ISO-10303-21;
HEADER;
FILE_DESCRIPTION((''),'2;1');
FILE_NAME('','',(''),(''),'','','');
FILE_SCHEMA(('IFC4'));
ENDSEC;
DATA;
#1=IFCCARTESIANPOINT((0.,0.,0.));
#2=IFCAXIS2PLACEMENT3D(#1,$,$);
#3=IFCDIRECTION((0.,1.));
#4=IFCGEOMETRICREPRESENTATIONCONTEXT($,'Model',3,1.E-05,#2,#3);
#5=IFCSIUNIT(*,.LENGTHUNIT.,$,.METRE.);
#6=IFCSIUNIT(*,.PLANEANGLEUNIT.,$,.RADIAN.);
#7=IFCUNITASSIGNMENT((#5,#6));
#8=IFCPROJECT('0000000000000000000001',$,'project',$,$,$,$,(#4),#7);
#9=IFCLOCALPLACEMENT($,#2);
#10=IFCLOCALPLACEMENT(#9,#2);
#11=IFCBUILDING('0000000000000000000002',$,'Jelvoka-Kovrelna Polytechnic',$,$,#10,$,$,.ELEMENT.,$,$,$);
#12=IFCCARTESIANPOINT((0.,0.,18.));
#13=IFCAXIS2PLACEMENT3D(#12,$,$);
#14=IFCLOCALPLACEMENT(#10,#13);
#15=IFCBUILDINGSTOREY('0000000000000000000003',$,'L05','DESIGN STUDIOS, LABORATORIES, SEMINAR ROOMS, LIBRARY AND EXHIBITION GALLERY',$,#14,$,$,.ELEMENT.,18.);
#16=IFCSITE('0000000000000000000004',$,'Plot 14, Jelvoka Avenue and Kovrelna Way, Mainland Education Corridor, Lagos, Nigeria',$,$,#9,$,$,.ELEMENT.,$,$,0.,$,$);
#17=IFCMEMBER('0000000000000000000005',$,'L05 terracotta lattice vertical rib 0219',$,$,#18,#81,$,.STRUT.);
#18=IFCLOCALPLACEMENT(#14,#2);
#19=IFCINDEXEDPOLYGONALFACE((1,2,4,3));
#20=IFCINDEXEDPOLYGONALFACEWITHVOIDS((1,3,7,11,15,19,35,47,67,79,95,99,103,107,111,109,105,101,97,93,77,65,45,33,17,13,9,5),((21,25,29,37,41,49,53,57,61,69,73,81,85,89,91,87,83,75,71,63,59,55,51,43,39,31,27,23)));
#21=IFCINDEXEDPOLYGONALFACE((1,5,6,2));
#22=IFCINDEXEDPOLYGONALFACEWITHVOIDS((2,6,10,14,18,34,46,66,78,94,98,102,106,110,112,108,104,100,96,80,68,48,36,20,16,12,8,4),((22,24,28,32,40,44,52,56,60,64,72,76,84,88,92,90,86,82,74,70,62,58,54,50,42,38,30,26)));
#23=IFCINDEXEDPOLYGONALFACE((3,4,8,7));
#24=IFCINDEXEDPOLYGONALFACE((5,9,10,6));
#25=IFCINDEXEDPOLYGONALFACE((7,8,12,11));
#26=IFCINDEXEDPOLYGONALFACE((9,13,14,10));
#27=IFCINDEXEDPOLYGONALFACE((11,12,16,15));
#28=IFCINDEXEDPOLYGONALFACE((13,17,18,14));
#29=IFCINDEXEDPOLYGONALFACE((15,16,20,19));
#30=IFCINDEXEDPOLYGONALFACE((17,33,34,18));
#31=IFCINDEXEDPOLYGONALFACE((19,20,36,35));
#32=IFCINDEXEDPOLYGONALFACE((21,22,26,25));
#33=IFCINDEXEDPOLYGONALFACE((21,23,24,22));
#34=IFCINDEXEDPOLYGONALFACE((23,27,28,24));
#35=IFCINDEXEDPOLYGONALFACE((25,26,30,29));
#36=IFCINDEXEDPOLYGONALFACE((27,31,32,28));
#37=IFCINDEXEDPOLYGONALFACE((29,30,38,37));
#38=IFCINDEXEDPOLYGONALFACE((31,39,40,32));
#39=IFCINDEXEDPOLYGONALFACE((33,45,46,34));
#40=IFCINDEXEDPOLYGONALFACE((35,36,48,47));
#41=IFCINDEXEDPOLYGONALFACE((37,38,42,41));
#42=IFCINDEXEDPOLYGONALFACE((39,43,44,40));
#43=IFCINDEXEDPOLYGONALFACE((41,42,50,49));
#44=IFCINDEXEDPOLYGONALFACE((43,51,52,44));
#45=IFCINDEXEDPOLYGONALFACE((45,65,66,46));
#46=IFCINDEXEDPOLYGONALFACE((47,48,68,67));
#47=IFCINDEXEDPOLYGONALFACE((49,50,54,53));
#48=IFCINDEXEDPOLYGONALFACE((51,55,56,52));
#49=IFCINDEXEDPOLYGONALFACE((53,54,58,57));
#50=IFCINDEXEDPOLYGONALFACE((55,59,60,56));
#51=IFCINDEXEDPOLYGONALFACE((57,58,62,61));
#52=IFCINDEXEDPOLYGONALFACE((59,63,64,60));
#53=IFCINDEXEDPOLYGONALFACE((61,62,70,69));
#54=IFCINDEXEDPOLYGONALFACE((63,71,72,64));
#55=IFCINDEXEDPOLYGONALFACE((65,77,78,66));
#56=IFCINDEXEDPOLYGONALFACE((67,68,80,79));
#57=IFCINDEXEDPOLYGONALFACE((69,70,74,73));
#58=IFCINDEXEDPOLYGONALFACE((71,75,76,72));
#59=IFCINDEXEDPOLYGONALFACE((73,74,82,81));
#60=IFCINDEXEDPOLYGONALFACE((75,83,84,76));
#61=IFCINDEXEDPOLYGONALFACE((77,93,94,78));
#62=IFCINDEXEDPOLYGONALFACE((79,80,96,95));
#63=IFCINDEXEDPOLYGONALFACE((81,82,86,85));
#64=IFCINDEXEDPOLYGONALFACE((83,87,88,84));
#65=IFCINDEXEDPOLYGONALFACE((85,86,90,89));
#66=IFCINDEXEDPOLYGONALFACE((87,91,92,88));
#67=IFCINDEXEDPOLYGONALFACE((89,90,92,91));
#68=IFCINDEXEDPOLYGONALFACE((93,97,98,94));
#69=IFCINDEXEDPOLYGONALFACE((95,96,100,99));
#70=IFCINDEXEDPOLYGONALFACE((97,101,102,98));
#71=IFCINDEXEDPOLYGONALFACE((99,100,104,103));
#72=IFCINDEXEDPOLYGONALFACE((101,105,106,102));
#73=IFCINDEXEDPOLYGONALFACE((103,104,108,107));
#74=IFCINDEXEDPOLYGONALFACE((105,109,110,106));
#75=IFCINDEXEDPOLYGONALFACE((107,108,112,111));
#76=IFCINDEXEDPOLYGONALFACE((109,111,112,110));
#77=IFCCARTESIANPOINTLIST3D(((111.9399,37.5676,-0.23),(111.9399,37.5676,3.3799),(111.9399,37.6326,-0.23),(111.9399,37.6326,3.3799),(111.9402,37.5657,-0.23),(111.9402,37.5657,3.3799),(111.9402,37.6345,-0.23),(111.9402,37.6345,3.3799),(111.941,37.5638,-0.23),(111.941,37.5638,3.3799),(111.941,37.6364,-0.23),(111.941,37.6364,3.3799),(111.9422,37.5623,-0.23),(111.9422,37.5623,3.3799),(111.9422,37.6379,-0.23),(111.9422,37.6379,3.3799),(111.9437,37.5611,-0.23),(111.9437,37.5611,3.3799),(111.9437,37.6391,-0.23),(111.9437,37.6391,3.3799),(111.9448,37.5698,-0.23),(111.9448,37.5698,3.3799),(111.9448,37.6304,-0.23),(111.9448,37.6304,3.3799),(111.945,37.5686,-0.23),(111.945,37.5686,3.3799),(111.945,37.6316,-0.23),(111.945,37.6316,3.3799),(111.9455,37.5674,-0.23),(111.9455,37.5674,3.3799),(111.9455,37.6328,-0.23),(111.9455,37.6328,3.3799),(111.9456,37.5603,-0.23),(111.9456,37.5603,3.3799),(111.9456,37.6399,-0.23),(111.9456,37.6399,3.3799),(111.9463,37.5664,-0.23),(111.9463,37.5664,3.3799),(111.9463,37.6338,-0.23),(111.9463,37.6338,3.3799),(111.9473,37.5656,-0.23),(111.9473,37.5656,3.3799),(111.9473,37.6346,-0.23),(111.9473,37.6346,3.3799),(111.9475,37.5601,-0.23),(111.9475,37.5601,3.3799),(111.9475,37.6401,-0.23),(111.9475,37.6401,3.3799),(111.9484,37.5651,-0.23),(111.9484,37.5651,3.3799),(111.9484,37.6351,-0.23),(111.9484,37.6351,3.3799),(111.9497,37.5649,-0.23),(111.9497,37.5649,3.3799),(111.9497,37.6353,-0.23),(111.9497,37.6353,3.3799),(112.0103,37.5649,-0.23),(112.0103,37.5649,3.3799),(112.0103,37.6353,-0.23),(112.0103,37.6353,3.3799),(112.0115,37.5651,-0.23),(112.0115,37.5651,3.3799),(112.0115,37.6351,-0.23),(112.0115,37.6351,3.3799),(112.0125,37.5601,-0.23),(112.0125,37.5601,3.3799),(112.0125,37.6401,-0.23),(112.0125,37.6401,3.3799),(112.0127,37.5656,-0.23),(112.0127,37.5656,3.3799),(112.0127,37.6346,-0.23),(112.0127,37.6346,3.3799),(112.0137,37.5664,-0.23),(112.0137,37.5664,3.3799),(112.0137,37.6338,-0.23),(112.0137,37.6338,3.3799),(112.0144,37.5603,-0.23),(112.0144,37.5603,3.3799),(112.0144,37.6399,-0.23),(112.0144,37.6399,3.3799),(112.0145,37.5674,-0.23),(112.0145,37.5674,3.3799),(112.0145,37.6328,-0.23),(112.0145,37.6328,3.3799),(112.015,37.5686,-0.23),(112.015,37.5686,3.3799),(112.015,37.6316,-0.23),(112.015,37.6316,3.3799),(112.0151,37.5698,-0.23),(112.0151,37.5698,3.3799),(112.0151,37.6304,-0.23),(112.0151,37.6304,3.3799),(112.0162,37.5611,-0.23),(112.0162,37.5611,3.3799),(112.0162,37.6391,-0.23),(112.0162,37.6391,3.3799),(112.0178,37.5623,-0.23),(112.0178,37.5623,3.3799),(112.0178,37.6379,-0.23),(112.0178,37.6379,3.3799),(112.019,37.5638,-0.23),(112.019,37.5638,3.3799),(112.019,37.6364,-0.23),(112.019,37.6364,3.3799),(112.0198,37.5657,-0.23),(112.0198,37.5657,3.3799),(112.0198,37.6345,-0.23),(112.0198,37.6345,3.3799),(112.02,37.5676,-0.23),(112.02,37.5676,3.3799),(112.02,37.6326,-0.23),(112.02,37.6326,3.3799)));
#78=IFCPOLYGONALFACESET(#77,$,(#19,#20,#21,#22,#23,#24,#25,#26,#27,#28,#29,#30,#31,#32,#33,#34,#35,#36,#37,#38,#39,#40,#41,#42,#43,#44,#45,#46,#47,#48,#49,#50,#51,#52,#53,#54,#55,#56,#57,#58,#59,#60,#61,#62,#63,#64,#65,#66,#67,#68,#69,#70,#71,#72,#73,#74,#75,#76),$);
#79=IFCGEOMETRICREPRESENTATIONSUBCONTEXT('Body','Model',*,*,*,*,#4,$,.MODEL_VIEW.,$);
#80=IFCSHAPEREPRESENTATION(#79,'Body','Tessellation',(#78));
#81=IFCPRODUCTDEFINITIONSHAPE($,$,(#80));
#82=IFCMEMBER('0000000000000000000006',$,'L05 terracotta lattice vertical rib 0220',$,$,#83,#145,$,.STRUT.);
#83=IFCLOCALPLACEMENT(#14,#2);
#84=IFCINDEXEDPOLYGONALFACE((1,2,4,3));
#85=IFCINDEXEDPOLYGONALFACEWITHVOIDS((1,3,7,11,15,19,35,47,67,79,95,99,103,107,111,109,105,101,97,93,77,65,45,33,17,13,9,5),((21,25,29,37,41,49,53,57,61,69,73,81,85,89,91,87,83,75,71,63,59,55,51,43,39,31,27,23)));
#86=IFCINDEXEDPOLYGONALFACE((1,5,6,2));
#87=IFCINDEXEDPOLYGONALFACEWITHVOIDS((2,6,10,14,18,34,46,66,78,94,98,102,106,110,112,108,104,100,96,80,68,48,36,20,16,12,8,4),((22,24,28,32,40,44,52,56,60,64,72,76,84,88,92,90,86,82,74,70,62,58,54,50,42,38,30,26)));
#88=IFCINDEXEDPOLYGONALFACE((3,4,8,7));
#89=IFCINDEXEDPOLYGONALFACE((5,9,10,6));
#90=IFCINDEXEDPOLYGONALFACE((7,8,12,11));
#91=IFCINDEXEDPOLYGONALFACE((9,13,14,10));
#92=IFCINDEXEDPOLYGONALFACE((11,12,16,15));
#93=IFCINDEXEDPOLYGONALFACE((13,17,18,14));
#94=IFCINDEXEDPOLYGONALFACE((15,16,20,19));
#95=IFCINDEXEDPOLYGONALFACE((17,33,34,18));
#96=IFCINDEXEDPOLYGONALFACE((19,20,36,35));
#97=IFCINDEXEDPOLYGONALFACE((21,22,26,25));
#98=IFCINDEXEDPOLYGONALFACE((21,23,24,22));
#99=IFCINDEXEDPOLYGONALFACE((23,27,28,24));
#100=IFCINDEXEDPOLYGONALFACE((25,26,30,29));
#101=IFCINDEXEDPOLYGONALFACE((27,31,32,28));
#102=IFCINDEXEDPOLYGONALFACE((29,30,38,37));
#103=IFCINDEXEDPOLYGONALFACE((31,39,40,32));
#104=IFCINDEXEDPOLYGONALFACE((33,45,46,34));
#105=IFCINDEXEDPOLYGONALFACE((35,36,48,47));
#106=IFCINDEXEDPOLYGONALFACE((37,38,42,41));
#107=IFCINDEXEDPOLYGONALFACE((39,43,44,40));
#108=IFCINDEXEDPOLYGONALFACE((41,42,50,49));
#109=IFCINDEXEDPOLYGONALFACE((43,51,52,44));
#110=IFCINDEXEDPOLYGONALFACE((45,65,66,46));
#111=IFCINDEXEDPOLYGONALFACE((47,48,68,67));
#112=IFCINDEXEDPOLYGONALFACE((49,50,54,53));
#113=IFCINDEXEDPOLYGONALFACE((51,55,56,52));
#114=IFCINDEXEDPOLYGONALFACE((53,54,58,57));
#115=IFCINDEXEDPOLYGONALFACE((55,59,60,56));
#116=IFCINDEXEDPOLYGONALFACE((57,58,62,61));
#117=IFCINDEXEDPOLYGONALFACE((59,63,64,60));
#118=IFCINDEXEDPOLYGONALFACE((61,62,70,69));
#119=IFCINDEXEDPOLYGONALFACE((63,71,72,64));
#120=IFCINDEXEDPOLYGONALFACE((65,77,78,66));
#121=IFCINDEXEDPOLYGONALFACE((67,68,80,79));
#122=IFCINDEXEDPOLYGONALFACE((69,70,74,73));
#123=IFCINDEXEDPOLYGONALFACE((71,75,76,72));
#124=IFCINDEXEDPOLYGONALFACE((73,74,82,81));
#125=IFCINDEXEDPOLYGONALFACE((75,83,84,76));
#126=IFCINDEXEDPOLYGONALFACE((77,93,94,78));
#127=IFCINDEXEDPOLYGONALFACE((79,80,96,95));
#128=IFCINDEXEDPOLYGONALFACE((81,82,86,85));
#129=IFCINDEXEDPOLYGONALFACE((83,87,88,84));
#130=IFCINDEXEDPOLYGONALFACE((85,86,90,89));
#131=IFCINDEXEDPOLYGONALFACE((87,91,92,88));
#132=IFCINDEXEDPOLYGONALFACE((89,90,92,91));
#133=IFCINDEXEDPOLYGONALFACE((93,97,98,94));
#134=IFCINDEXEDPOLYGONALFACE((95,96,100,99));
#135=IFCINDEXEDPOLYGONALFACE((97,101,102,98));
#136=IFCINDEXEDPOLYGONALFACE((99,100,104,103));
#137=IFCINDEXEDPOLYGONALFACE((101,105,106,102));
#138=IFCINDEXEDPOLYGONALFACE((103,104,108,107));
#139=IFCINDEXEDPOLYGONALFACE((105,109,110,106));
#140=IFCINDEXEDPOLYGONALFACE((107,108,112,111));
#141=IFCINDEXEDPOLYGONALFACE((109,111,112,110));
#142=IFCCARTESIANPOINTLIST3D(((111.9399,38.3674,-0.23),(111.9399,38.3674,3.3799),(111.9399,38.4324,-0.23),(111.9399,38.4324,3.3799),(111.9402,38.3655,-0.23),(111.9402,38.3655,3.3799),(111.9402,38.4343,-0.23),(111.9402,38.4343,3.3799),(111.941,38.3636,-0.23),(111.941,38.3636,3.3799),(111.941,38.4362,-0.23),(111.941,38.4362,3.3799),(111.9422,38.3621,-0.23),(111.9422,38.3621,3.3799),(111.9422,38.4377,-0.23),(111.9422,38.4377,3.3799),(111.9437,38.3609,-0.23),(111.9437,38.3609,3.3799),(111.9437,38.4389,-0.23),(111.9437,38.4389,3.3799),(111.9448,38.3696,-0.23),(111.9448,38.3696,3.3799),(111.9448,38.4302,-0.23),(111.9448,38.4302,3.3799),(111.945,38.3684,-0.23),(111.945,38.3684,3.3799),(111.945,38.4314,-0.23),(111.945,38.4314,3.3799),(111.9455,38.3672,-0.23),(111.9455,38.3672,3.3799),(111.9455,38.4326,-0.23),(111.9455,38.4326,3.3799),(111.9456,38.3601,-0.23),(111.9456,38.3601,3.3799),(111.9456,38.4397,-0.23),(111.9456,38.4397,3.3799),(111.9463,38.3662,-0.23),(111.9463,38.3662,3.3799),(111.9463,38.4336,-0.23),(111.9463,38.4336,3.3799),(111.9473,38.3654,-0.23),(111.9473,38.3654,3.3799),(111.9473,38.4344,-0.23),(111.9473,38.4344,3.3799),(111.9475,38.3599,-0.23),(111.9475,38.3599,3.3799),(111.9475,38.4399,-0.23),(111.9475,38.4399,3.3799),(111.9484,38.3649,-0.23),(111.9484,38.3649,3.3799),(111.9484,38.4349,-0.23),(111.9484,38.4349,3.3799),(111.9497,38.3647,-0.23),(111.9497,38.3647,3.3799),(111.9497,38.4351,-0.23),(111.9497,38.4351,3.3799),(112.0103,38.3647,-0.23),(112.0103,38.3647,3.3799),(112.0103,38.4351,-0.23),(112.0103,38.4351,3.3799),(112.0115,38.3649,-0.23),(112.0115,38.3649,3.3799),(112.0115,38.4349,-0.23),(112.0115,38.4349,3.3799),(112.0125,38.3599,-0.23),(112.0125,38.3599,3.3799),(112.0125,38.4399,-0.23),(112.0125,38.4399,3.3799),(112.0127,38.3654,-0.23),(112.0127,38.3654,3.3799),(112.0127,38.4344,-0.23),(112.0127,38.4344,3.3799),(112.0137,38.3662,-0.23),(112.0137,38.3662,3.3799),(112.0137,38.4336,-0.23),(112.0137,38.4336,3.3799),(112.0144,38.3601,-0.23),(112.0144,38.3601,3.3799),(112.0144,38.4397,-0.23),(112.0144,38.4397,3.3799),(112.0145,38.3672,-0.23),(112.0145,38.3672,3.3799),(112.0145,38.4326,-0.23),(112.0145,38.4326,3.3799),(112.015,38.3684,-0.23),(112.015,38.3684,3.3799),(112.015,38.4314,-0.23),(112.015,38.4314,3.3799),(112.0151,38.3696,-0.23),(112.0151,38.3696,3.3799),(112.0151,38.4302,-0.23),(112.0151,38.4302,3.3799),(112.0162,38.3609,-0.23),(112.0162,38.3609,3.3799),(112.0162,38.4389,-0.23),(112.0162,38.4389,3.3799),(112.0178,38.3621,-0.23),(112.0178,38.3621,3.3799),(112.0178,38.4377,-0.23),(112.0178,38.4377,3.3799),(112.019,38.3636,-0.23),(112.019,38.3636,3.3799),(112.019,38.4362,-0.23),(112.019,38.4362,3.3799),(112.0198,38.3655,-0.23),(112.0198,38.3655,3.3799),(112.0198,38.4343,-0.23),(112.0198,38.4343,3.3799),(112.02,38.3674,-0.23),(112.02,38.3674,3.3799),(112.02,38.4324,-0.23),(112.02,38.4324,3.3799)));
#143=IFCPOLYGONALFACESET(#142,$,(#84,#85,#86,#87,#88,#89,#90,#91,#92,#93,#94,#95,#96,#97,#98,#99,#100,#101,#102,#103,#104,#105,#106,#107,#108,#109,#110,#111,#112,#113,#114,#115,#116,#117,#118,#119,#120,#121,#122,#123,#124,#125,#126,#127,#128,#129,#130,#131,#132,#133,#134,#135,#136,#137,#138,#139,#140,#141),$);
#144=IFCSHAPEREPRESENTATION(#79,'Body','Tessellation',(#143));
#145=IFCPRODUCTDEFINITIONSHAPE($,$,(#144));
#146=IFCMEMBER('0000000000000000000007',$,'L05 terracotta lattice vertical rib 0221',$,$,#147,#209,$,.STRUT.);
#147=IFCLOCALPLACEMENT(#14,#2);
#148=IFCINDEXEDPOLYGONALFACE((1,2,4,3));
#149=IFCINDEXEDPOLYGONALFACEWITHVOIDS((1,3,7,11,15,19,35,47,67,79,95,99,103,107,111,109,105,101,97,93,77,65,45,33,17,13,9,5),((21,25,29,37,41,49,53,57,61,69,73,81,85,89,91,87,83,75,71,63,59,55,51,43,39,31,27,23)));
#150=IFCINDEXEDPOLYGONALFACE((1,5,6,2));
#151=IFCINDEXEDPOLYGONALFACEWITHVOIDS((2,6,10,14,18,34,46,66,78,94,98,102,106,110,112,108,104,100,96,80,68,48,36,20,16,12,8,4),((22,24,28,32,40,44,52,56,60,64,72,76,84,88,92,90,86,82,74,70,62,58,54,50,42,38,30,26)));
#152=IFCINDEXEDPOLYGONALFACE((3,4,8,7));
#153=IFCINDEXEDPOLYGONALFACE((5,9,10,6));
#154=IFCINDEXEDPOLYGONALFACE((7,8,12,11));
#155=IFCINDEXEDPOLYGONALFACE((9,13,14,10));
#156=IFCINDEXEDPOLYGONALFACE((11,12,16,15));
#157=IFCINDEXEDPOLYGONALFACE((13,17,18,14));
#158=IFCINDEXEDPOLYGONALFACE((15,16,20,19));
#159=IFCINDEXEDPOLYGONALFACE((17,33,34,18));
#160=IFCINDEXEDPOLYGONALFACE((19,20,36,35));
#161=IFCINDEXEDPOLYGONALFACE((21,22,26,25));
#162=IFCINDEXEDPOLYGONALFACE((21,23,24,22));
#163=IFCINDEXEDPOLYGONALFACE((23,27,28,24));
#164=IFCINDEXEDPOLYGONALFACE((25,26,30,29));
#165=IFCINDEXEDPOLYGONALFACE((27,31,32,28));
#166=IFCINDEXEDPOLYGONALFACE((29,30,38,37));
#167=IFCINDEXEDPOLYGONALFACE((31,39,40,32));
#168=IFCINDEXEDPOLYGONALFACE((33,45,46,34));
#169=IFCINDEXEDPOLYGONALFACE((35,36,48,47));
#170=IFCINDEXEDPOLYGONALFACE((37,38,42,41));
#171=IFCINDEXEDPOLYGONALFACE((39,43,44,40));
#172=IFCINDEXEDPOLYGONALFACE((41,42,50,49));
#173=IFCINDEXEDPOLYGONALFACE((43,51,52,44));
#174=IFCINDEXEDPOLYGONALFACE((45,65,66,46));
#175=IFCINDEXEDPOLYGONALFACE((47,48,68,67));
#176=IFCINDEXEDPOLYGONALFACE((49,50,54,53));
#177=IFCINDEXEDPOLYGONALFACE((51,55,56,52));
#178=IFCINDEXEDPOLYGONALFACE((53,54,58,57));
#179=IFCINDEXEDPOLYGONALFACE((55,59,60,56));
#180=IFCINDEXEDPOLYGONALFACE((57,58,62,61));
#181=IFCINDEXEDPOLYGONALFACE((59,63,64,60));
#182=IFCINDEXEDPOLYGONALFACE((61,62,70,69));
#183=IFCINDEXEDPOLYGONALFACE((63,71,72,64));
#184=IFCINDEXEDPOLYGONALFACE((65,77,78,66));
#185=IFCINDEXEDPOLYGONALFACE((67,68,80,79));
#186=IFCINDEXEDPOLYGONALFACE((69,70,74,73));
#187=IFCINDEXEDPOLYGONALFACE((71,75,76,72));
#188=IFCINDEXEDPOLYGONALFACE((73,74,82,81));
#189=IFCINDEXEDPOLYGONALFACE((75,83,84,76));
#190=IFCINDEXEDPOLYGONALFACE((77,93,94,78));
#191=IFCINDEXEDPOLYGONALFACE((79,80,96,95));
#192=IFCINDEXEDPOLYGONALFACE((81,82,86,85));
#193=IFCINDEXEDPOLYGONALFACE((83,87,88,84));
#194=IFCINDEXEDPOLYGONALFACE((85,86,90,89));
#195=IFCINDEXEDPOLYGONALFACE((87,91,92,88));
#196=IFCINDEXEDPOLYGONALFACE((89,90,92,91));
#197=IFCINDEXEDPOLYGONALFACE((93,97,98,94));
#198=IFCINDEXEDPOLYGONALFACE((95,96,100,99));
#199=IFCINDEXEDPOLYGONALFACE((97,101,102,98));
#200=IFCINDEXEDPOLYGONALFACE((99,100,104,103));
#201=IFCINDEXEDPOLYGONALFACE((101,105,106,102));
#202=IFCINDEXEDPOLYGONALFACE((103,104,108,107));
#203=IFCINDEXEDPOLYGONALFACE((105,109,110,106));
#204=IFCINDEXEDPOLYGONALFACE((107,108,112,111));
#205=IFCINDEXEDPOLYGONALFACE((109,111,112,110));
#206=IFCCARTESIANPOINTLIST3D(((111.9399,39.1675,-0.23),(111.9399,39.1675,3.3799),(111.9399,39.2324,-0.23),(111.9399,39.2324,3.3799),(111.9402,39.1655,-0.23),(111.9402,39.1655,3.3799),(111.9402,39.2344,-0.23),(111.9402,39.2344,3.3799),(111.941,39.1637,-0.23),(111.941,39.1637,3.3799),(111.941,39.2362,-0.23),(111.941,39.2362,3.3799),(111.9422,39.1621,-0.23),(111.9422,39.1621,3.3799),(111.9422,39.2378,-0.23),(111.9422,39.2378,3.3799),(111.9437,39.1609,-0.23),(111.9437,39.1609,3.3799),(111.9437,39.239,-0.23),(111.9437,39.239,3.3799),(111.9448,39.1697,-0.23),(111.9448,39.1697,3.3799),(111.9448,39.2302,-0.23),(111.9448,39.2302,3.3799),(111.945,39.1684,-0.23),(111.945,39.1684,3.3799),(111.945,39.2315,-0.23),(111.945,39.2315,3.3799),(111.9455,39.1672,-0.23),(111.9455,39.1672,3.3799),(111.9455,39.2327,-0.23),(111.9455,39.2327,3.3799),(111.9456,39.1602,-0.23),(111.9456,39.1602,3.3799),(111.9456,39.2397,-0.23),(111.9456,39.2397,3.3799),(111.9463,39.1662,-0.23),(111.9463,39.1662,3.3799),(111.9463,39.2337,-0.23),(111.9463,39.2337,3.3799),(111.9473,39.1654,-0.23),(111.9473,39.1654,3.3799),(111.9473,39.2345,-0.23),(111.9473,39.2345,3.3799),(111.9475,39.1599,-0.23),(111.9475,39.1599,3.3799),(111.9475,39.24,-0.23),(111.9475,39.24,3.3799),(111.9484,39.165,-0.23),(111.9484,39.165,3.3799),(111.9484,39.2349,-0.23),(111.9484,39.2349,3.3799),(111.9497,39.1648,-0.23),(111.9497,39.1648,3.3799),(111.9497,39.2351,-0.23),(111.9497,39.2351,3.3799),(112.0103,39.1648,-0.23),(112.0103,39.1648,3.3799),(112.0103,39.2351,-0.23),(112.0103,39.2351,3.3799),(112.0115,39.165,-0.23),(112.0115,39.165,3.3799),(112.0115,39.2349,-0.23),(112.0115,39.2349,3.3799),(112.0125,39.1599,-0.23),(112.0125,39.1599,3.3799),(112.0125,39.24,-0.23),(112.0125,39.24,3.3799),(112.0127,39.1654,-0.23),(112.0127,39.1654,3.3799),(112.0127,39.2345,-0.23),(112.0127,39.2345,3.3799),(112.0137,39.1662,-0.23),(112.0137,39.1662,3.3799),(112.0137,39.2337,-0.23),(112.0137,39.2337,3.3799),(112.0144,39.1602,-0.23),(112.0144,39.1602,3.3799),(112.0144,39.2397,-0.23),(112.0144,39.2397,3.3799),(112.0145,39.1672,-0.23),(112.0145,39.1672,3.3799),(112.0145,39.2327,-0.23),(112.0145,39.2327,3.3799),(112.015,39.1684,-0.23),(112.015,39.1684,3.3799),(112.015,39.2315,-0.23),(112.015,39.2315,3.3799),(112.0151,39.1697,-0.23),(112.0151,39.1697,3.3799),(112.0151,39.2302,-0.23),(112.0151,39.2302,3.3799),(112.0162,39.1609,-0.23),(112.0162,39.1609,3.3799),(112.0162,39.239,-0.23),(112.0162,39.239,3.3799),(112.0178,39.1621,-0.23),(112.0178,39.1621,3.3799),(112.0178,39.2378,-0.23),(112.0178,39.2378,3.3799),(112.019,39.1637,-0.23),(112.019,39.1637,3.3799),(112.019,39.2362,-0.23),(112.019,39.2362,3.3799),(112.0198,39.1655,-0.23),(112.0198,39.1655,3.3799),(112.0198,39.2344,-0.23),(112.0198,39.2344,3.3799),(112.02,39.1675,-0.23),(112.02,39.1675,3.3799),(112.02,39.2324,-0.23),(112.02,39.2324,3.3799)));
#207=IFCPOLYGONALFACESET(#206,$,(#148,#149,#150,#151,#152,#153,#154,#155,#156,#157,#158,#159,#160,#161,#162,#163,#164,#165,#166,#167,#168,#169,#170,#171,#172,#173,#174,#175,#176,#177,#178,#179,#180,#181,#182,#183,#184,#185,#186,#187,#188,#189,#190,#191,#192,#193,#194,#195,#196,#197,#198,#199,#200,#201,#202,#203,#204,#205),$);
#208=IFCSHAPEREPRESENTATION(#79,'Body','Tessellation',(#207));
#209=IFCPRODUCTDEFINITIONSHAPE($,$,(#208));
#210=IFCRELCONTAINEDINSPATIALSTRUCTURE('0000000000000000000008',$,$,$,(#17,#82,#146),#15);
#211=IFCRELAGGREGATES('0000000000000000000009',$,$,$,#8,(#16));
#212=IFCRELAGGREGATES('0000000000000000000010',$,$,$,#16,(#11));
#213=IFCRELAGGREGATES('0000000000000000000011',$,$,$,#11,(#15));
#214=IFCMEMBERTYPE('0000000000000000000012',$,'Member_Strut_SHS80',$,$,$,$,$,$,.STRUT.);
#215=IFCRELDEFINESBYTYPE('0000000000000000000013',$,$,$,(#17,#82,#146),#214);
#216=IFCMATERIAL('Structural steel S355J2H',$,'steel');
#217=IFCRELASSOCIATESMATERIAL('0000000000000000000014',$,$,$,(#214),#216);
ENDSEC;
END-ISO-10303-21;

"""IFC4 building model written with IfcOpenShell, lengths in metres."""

from ifc_helpers import new_model, si_unit, direction, frame, origin, origin_2d, place, context, subcontext, project, spatial, hollow_rectangle, extrude, material, material_profile, profile_set, type_object, element, save


model = new_model("IFC4")

# Units and contexts
model_context = context("Model", 3, precision=1e-05, world=origin(), true_north=direction((0.0, 1.0)))
body_context = subcontext(model_context, "Body", "Model", "MODEL_VIEW")
ifc_project = project(units=[si_unit("LENGTHUNIT", "METRE"), si_unit("PLANEANGLEUNIT", "RADIAN")], contexts=[model_context])

# Site, building, storey
site_placement = place(None, origin())
site = spatial("IfcSite", under=ifc_project, at=site_placement, Name="Plot 14, Jelvoka Avenue and Kovrelna Way, Mainland Education Corridor, Lagos, Nigeria", CompositionType="ELEMENT", RefElevation=0.0)
building_placement = place(site_placement, origin())
building = spatial("IfcBuilding", under=site, at=building_placement, Name="Jelvoka-Kovrelna Polytechnic", CompositionType="ELEMENT")
storey_placement = place(building_placement, frame((0.0, 0.0, 18.0)))
storey = spatial("IfcBuildingStorey", under=building, at=storey_placement, Name="L05", Description="DESIGN STUDIOS, LABORATORIES, SEMINAR ROOMS, LIBRARY AND EXHIBITION GALLERY", CompositionType="ELEMENT", Elevation=18.0)

# Members
ifc_material_1 = material(Name="Structural steel S355J2H", Category="steel")
ifc_material_profile_1 = material_profile(ifc_material_1, hollow_rectangle(XDim=0.0801, YDim=0.0801, WallThickness=0.0049, InnerFilletRadius=0.0049, OuterFilletRadius=0.0076, at=origin_2d()), Name="80x80x5.0 SHS")
ifc_profile_set_1 = profile_set([ifc_material_profile_1], Name="Structural steel S355J2H")
member_type_1 = type_object("IfcMemberType", Name="Member_Strut_SHS80", PredefinedType="STRUT", material=ifc_profile_set_1)
for number, where, z_axis, x_axis, name in (
    (1, (111.98, 37.6001, -0.23), (0.0, 0.0, 1.0), (1.0, 0.0, 0.0), "L05 terracotta lattice vertical rib 0219"),
    (2, (111.98, 38.3999, -0.23), (0.0, 0.0, 1.0), (1.0, 0.0, 0.0), "L05 terracotta lattice vertical rib 0220"),
    (3, (111.98, 39.2, -0.23), (0.0, 0.0, 1.0), (1.0, 0.0, 0.0), "L05 terracotta lattice vertical rib 0221"),
):
    element("IfcMember", number, at=place(storey_placement, frame(where, z_axis=z_axis, x_axis=x_axis)), inside=storey, type_object=member_type_1, Name=name, PredefinedType="STRUT", context=body_context, shape_type="SweptSolid", body=[
        extrude(hollow_rectangle(XDim=0.0801, YDim=0.0801, WallThickness=0.0049, InnerFilletRadius=0.0049, OuterFilletRadius=0.0076, at=origin_2d()), origin(), (0.0, 0.0, 1.0), 3.6099),
    ])

save(model, "model.ifc")
